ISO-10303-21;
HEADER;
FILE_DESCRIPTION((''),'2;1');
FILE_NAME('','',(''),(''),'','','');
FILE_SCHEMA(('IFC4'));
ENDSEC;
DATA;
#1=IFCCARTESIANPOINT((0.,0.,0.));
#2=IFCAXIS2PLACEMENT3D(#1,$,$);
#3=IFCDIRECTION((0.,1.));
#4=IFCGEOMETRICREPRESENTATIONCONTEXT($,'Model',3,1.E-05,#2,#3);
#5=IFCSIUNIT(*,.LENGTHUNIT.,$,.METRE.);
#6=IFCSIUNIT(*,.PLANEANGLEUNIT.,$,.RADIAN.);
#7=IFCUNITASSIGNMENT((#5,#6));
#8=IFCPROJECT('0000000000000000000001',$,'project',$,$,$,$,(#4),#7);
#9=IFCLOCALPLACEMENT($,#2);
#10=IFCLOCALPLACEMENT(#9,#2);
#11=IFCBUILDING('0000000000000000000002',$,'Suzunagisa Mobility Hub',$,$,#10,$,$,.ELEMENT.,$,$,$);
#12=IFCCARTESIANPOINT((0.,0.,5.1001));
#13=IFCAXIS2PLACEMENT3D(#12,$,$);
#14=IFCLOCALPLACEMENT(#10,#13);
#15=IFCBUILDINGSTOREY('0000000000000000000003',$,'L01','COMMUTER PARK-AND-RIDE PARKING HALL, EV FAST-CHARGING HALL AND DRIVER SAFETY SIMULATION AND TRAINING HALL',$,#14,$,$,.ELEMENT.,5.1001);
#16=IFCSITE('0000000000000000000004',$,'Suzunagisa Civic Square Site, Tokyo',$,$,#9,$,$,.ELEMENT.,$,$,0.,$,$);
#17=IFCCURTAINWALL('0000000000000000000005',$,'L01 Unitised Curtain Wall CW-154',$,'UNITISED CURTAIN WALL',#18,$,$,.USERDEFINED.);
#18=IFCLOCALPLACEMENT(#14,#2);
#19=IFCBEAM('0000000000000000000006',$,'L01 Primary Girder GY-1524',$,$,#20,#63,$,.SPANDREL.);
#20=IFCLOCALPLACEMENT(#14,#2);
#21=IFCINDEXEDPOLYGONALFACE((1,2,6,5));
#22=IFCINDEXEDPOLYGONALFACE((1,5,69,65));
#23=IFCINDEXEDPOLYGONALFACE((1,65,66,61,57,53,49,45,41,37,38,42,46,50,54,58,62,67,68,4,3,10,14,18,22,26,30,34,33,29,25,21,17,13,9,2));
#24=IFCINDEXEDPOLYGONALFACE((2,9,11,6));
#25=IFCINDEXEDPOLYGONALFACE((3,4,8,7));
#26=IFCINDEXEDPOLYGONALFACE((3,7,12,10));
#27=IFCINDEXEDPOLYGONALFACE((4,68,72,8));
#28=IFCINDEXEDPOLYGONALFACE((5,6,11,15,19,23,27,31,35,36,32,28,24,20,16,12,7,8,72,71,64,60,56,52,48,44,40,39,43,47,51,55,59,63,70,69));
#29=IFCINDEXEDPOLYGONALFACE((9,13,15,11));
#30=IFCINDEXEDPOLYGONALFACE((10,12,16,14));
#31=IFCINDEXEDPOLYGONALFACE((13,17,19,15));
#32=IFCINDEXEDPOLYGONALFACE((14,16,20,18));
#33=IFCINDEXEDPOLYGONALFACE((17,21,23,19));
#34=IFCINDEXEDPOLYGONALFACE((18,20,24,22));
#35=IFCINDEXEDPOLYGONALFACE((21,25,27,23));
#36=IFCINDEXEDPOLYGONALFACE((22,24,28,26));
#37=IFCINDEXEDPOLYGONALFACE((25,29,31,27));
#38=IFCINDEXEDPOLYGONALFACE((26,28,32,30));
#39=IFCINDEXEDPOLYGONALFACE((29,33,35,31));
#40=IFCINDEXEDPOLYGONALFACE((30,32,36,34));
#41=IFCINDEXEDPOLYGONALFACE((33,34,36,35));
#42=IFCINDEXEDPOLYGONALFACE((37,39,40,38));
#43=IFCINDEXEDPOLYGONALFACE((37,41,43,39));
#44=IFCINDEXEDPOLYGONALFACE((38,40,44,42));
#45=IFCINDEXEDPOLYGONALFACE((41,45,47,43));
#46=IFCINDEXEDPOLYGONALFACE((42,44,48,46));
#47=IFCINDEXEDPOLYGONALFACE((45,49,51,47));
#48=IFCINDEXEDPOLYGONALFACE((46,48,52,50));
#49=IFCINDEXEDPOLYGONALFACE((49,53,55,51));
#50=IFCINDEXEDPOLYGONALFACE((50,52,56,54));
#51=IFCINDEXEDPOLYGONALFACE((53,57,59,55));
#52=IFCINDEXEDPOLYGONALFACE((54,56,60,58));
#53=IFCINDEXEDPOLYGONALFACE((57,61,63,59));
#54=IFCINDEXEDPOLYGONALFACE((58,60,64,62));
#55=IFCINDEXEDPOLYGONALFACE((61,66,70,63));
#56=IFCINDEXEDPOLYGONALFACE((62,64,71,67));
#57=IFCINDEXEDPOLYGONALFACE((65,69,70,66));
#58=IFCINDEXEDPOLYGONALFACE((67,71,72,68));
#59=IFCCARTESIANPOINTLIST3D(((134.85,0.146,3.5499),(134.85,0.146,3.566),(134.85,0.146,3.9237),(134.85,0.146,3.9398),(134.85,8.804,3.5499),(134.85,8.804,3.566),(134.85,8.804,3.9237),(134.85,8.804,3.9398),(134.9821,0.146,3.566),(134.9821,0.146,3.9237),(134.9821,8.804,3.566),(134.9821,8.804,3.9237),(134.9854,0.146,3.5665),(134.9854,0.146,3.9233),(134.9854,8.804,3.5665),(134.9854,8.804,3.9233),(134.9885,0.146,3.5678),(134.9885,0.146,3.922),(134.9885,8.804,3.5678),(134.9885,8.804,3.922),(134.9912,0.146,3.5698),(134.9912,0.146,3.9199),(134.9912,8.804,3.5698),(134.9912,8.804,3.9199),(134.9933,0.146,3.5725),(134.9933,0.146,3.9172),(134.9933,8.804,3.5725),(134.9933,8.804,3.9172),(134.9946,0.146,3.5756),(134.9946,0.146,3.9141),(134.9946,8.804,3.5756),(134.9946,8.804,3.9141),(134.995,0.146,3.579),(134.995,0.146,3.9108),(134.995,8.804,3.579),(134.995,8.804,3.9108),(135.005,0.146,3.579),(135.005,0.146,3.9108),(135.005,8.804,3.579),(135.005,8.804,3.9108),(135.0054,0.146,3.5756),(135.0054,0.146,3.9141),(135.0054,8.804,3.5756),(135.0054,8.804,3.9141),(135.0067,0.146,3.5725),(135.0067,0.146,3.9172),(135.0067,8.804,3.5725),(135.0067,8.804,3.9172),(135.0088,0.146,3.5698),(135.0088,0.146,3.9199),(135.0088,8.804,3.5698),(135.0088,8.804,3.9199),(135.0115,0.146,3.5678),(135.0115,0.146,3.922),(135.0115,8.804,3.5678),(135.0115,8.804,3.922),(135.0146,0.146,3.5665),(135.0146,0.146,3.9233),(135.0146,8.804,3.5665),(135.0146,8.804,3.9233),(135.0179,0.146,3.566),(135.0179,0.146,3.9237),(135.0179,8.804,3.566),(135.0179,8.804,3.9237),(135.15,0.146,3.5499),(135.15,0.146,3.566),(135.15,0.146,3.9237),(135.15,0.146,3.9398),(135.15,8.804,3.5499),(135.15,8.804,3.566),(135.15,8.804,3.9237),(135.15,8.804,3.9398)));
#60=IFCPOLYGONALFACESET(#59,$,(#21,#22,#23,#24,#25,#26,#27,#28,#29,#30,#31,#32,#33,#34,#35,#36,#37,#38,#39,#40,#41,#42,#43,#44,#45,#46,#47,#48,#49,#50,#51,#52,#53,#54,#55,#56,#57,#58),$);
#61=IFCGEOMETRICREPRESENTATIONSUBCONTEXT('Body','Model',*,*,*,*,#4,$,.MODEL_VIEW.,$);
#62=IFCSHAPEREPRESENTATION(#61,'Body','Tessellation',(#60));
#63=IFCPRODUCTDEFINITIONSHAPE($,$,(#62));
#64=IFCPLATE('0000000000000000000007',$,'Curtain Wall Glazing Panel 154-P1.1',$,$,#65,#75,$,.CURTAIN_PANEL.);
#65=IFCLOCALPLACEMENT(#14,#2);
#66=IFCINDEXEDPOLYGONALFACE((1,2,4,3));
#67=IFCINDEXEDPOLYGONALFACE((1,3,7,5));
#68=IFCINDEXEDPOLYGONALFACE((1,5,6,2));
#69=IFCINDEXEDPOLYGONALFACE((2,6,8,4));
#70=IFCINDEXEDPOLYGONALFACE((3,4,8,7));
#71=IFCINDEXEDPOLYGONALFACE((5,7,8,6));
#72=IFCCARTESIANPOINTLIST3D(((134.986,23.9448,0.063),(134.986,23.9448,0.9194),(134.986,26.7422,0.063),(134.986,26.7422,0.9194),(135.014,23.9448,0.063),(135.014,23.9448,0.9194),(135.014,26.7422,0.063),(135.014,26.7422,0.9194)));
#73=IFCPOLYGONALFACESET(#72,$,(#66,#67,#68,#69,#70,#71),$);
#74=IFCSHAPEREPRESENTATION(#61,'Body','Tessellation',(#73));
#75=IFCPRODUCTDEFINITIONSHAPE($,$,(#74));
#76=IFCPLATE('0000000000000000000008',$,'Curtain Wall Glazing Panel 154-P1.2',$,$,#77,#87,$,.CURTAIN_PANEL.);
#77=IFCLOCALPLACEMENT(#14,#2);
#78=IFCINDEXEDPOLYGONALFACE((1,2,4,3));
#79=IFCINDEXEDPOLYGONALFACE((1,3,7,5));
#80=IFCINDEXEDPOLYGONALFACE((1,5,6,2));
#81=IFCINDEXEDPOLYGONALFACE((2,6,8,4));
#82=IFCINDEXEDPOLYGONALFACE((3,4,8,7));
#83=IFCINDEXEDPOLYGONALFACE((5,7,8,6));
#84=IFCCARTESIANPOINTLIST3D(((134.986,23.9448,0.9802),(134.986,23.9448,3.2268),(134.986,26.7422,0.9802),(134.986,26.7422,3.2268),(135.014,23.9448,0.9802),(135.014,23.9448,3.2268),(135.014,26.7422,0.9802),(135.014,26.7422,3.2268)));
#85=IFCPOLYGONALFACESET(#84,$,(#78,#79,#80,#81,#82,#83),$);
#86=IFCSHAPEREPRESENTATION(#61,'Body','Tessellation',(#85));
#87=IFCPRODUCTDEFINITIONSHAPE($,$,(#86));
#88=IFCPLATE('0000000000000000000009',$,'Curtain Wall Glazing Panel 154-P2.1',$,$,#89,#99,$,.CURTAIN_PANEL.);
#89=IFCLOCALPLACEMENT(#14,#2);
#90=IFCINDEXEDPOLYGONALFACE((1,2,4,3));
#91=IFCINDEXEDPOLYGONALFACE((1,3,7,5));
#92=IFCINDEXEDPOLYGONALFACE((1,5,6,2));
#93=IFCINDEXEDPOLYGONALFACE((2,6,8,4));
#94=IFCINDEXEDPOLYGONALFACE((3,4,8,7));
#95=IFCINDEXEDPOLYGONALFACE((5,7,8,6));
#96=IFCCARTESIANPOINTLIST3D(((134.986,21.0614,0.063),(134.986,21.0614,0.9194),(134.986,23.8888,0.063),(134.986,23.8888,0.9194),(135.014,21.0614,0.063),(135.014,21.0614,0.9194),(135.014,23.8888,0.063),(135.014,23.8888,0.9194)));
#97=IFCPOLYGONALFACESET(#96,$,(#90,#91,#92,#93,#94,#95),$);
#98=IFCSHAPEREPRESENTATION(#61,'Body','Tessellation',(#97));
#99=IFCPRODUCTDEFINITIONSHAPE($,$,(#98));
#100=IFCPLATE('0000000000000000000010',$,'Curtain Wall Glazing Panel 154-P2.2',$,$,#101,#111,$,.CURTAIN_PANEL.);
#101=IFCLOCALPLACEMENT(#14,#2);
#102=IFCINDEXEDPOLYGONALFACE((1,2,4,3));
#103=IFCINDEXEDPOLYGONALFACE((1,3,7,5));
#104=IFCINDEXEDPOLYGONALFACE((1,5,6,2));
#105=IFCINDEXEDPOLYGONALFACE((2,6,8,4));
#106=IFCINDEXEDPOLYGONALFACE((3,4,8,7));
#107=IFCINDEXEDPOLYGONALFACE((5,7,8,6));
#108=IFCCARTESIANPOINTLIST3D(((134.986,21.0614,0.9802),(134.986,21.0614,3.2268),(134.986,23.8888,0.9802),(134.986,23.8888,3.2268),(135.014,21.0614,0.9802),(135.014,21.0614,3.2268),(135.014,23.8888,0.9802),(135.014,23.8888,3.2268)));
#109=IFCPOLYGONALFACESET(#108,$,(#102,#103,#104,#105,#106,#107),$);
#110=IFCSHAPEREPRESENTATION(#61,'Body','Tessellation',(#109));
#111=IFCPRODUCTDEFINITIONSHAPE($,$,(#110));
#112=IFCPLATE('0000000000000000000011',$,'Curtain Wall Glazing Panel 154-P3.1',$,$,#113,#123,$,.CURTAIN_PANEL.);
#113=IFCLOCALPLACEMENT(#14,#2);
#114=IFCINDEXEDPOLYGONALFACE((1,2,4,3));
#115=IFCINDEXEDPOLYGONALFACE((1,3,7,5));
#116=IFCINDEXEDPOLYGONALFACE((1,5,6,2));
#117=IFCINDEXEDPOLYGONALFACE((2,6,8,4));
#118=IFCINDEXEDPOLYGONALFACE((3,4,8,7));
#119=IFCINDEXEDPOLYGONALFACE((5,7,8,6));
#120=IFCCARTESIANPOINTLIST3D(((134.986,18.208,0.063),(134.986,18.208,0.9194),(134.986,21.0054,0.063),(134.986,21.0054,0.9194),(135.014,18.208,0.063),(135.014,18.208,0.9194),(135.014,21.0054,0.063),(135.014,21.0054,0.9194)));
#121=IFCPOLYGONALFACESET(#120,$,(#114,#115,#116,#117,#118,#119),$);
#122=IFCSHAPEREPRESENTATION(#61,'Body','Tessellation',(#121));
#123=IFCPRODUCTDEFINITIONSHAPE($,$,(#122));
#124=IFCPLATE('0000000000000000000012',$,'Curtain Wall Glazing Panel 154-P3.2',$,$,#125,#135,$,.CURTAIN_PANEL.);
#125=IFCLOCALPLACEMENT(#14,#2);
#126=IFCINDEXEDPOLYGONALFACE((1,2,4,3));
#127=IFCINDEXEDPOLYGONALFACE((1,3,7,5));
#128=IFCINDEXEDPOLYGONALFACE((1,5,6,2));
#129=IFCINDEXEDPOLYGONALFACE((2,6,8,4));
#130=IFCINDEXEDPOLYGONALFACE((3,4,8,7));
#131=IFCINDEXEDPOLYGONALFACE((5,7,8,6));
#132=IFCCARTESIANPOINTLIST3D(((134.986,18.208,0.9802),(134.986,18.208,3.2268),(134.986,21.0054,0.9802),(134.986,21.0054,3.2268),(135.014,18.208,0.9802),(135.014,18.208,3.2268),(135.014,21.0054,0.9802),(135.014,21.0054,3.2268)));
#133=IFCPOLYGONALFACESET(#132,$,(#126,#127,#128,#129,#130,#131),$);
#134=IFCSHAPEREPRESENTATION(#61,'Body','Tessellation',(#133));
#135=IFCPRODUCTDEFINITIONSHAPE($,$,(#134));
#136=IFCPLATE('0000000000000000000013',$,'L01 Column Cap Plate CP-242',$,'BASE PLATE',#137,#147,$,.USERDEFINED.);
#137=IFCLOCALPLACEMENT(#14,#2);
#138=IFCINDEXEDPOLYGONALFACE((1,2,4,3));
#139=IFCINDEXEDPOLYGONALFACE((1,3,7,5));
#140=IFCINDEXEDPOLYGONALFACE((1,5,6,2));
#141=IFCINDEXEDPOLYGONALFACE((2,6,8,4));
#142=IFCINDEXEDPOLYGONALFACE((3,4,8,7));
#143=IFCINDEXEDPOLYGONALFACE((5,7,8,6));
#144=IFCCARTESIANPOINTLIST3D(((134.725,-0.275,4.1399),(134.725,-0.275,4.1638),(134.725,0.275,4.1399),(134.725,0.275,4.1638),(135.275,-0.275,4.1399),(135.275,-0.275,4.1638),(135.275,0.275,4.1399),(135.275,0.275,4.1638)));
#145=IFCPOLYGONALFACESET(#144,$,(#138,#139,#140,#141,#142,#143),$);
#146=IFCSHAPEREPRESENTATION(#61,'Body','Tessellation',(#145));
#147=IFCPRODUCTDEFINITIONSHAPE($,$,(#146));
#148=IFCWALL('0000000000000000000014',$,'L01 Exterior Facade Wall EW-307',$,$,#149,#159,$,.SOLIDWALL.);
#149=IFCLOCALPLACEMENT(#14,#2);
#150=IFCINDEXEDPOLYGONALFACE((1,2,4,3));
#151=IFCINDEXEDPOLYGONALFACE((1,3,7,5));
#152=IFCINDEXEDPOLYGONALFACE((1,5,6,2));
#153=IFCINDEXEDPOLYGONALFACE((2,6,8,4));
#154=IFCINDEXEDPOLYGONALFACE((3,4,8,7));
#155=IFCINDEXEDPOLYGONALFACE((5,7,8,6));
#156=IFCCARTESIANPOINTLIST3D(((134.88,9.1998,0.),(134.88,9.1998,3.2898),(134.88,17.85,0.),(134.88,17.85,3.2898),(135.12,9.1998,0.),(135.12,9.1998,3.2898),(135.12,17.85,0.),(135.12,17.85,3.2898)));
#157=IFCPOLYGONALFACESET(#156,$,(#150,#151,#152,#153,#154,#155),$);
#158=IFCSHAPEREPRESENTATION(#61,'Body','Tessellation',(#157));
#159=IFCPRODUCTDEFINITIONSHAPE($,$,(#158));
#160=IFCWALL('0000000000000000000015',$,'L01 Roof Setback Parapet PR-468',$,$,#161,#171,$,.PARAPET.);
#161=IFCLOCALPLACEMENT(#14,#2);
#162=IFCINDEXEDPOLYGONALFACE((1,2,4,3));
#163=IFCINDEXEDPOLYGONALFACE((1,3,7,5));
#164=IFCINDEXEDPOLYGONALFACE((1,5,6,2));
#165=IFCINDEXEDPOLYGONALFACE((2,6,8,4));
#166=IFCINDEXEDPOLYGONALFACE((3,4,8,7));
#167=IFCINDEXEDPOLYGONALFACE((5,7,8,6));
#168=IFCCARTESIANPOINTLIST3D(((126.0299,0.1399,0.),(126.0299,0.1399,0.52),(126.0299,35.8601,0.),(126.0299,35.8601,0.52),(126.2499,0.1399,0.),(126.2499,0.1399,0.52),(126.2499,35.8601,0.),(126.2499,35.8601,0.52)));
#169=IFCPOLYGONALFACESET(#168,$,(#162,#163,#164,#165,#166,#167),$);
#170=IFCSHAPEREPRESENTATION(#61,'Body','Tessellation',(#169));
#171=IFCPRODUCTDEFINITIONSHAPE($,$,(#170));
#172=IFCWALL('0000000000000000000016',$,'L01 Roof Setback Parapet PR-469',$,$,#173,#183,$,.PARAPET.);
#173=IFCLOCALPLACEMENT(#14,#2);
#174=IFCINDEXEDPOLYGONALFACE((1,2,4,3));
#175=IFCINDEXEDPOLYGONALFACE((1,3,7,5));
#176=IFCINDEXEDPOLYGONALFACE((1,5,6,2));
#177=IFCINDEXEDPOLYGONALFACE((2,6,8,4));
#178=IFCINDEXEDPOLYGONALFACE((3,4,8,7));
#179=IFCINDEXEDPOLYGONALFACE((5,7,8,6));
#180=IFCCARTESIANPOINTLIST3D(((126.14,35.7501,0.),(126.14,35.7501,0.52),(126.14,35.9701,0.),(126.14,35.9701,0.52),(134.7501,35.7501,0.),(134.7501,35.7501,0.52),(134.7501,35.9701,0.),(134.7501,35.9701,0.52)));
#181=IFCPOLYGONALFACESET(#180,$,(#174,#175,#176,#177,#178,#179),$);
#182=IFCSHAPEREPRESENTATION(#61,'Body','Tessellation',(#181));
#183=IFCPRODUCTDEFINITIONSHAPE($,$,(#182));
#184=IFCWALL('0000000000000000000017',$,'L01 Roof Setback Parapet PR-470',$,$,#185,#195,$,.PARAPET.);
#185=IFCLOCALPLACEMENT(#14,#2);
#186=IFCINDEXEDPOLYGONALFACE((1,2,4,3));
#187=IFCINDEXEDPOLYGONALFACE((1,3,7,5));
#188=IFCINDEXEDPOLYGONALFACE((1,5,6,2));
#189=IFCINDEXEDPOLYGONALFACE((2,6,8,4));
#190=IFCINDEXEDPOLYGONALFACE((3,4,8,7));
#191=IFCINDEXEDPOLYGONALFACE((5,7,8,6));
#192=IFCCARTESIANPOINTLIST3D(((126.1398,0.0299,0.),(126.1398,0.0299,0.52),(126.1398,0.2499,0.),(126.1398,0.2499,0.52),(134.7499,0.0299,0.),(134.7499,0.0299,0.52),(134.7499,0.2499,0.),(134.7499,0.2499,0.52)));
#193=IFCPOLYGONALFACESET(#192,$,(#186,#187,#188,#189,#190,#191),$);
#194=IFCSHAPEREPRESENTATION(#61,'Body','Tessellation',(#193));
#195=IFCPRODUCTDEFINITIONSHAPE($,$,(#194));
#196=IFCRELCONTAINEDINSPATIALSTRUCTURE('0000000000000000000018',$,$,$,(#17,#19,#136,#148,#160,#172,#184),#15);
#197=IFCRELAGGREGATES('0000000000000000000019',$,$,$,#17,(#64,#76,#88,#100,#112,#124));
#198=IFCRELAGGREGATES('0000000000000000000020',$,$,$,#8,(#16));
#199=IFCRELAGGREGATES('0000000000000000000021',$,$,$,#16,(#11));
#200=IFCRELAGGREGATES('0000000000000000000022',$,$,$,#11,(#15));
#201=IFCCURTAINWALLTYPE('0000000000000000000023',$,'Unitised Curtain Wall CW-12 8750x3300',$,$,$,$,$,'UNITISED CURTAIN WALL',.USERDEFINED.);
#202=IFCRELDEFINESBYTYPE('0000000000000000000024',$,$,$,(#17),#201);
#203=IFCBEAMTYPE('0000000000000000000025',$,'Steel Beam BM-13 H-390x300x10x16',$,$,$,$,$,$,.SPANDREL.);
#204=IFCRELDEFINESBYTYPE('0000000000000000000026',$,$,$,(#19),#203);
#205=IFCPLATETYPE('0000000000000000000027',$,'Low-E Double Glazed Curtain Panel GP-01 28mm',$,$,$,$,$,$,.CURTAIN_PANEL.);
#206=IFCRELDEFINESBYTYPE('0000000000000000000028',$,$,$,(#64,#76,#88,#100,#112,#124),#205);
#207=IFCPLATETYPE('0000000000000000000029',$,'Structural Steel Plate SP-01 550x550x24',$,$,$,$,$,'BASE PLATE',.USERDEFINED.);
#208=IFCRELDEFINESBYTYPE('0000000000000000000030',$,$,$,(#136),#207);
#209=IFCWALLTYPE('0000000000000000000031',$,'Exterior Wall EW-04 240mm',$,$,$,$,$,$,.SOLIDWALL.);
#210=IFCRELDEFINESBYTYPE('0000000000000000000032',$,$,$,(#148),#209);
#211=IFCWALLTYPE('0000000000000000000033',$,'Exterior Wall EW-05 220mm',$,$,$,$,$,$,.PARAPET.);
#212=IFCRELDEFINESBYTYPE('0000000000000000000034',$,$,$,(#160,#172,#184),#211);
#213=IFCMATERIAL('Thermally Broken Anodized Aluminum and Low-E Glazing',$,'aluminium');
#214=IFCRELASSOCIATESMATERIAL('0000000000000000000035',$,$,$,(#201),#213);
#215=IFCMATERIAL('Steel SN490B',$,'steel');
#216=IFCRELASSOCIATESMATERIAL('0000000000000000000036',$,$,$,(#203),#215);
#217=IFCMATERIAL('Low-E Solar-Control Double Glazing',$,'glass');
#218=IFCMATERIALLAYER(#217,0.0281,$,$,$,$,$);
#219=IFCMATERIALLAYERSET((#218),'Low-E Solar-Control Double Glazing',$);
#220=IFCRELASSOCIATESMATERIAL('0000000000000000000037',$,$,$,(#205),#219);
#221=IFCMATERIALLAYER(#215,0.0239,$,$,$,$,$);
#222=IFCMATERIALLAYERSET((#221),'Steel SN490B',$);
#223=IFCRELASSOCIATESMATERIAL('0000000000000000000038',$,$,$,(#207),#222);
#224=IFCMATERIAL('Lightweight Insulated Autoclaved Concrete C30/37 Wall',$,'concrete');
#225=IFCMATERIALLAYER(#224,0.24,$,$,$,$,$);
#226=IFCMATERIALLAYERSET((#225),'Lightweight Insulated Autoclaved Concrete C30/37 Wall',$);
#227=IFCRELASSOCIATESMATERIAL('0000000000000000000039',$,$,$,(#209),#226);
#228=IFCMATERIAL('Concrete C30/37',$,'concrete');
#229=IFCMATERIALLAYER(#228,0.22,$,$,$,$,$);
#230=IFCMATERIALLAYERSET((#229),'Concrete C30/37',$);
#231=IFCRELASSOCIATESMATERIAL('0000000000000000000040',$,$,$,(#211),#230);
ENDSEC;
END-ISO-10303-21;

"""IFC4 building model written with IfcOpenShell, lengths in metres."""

from ifc_helpers import new_model, si_unit, direction, frame, frame_2d, origin, origin_2d, place, context, subcontext, project, spatial, rectangle, i_section, extrude, material, layer, layer_set, material_profile, profile_set, type_object, element, aggregate, save


model = new_model("IFC4")

# Units and contexts
model_context = context("Model", 3, precision=1e-05, world=origin(), true_north=direction((0.0, 1.0)))
body_context = subcontext(model_context, "Body", "Model", "MODEL_VIEW")
ifc_project = project(units=[si_unit("LENGTHUNIT", "METRE"), si_unit("PLANEANGLEUNIT", "RADIAN")], contexts=[model_context])

# Site, building, storey
site_placement = place(None, origin())
site = spatial("IfcSite", under=ifc_project, at=site_placement, Name="Suzunagisa Civic Square Site, Tokyo", CompositionType="ELEMENT", RefElevation=0.0)
building_placement = place(site_placement, origin())
building = spatial("IfcBuilding", under=site, at=building_placement, Name="Suzunagisa Mobility Hub", CompositionType="ELEMENT")
storey_placement = place(building_placement, frame((0.0, 0.0, 5.1001)))
storey = spatial("IfcBuildingStorey", under=building, at=storey_placement, Name="L01", Description="COMMUTER PARK-AND-RIDE PARKING HALL, EV FAST-CHARGING HALL AND DRIVER SAFETY SIMULATION AND TRAINING HALL", CompositionType="ELEMENT", Elevation=5.1001)

# Shared definitions
ifc_material_1 = material(Name="Steel SN490B", Category="steel")

# Curtain wall
ifc_material_2 = material(Name="Thermally Broken Anodized Aluminum and Low-E Glazing", Category="aluminium")
curtain_wall_type = type_object("IfcCurtainWallType", Name="Unitised Curtain Wall CW-12 8750x3300", ElementType="UNITISED CURTAIN WALL", PredefinedType="USERDEFINED", material=ifc_material_2)
curtain_wall_placement = place(storey_placement, origin())
curtain_wall = element("IfcCurtainWall", 1, at=curtain_wall_placement, inside=storey, type_object=curtain_wall_type, Name="L01 Unitised Curtain Wall CW-154", ObjectType="UNITISED CURTAIN WALL", PredefinedType="USERDEFINED")

# Beam
ifc_material_profile_1 = material_profile(ifc_material_1, i_section(OverallWidth=0.3, OverallDepth=0.3899, WebThickness=0.01, FlangeThickness=0.0161, FilletRadius=0.0129, at=origin_2d()), Name="H-390x300x10x16")
ifc_profile_set_1 = profile_set([ifc_material_profile_1], Name="Steel SN490B")
beam_type_1 = type_object("IfcBeamType", Name="Steel Beam BM-13 H-390x300x10x16", PredefinedType="SPANDREL", material=ifc_profile_set_1)
beam_placement = place(storey_placement, frame((135.0, 0.146, 3.7449), z_axis=(0.0, 1.0, 0.0), x_axis=(-1.0, 0.0, 0.0)))
element("IfcBeam", 2, at=beam_placement, inside=storey, type_object=beam_type_1, Name="L01 Primary Girder GY-1524", PredefinedType="SPANDREL", context=body_context, shape_type="SweptSolid", body=[
    extrude(i_section(OverallWidth=0.3, OverallDepth=0.3899, WebThickness=0.01, FlangeThickness=0.0161, FilletRadius=0.0129, at=origin_2d()), origin(), (0.0, 0.0, 1.0), 8.658),
])

# Plates
ifc_material_3 = material(Name="Low-E Solar-Control Double Glazing", Category="glass")
ifc_layer_1 = layer(ifc_material_3, 0.0281)
ifc_layer_set_1 = layer_set([ifc_layer_1], Name="Low-E Solar-Control Double Glazing")
plate_type_1 = type_object("IfcPlateType", Name="Low-E Double Glazed Curtain Panel GP-01 28mm", PredefinedType="CURTAIN_PANEL", material=ifc_layer_set_1)
plate_1_placement = place(storey_placement, frame((135.0, 25.3435, 0.063), z_axis=(0.0, 0.0, 1.0), x_axis=(0.0, -1.0, 0.0)))
plate_1 = element("IfcPlate", 3, at=plate_1_placement, type_object=plate_type_1, Name="Curtain Wall Glazing Panel 154-P1.1", PredefinedType="CURTAIN_PANEL", context=body_context, shape_type="SweptSolid", body=[
    extrude(rectangle(XDim=2.7974, YDim=0.0281, at=origin_2d()), origin(), (0.0, 0.0, 1.0), 0.8564),
])
plate_2_placement = place(storey_placement, frame((135.0, 25.3435, 0.9802), z_axis=(0.0, 0.0, 1.0), x_axis=(0.0, -1.0, 0.0)))
plate_2 = element("IfcPlate", 4, at=plate_2_placement, type_object=plate_type_1, Name="Curtain Wall Glazing Panel 154-P1.2", PredefinedType="CURTAIN_PANEL", context=body_context, shape_type="SweptSolid", body=[
    extrude(rectangle(XDim=2.7974, YDim=0.0281, at=origin_2d()), origin(), (0.0, 0.0, 1.0), 2.2466),
])
plate_3_placement = place(storey_placement, frame((135.0, 22.4751, 0.063), z_axis=(0.0, 0.0, 1.0), x_axis=(0.0, -1.0, 0.0)))
plate_3 = element("IfcPlate", 5, at=plate_3_placement, type_object=plate_type_1, Name="Curtain Wall Glazing Panel 154-P2.1", PredefinedType="CURTAIN_PANEL", context=body_context, shape_type="SweptSolid", body=[
    extrude(rectangle(XDim=2.8274, YDim=0.0281, at=origin_2d()), origin(), (0.0, 0.0, 1.0), 0.8564),
])
plate_4_placement = place(storey_placement, frame((135.0, 22.4751, 0.9802), z_axis=(0.0, 0.0, 1.0), x_axis=(0.0, -1.0, 0.0)))
plate_4 = element("IfcPlate", 6, at=plate_4_placement, type_object=plate_type_1, Name="Curtain Wall Glazing Panel 154-P2.2", PredefinedType="CURTAIN_PANEL", context=body_context, shape_type="SweptSolid", body=[
    extrude(rectangle(XDim=2.8274, YDim=0.0281, at=origin_2d()), origin(), (0.0, 0.0, 1.0), 2.2466),
])
plate_5_placement = place(storey_placement, frame((135.0, 19.6067, 0.063), z_axis=(0.0, 0.0, 1.0), x_axis=(0.0, -1.0, 0.0)))
plate_5 = element("IfcPlate", 7, at=plate_5_placement, type_object=plate_type_1, Name="Curtain Wall Glazing Panel 154-P3.1", PredefinedType="CURTAIN_PANEL", context=body_context, shape_type="SweptSolid", body=[
    extrude(rectangle(XDim=2.7974, YDim=0.0281, at=origin_2d()), origin(), (0.0, 0.0, 1.0), 0.8564),
])
plate_6_placement = place(storey_placement, frame((135.0, 19.6067, 0.9802), z_axis=(0.0, 0.0, 1.0), x_axis=(0.0, -1.0, 0.0)))
plate_6 = element("IfcPlate", 8, at=plate_6_placement, type_object=plate_type_1, Name="Curtain Wall Glazing Panel 154-P3.2", PredefinedType="CURTAIN_PANEL", context=body_context, shape_type="SweptSolid", body=[
    extrude(rectangle(XDim=2.7974, YDim=0.0281, at=origin_2d()), origin(), (0.0, 0.0, 1.0), 2.2466),
])
aggregate(curtain_wall, [plate_1, plate_2, plate_3, plate_4, plate_5, plate_6])
ifc_layer_2 = layer(ifc_material_1, 0.0239)
ifc_layer_set_2 = layer_set([ifc_layer_2], Name="Steel SN490B")
plate_type_2 = type_object("IfcPlateType", Name="Structural Steel Plate SP-01 550x550x24", ElementType="BASE PLATE", PredefinedType="USERDEFINED", material=ifc_layer_set_2)
plate_7_placement = place(storey_placement, frame((135.0, 0.0, 4.1399), z_axis=(0.0, 0.0, 1.0), x_axis=(1.0, 0.0, 0.0)))
element("IfcPlate", 9, at=plate_7_placement, inside=storey, type_object=plate_type_2, Name="L01 Column Cap Plate CP-242", ObjectType="BASE PLATE", PredefinedType="USERDEFINED", context=body_context, shape_type="SweptSolid", body=[
    extrude(rectangle(XDim=0.55, YDim=0.55, at=origin_2d()), origin(), (0.0, 0.0, 1.0), 0.0239),
])

# Walls
ifc_material_4 = material(Name="Lightweight Insulated Autoclaved Concrete C30/37 Wall", Category="concrete")
ifc_layer_3 = layer(ifc_material_4, 0.24)
ifc_layer_set_3 = layer_set([ifc_layer_3], Name="Lightweight Insulated Autoclaved Concrete C30/37 Wall")
wall_type_1 = type_object("IfcWallType", Name="Exterior Wall EW-04 240mm", PredefinedType="SOLIDWALL", material=ifc_layer_set_3)
wall_1_placement = place(storey_placement, frame((135.0, 17.8501, 0.0), z_axis=(0.0, 0.0, 1.0), x_axis=(0.0, -1.0, 0.0)))
element("IfcWall", 10, at=wall_1_placement, inside=storey, type_object=wall_type_1, Name="L01 Exterior Facade Wall EW-307", PredefinedType="SOLIDWALL", context=body_context, shape_type="SweptSolid", body=[
    extrude(rectangle(XDim=8.6501, YDim=0.24, at=frame_2d((4.3252, 0.0))), origin(), (0.0, 0.0, 1.0), 3.2898),
])
ifc_material_5 = material(Name="Concrete C30/37", Category="concrete")
ifc_layer_4 = layer(ifc_material_5, 0.22)
ifc_layer_set_4 = layer_set([ifc_layer_4], Name="Concrete C30/37")
wall_type_2 = type_object("IfcWallType", Name="Exterior Wall EW-05 220mm", PredefinedType="PARAPET", material=ifc_layer_set_4)
wall_2_placement = place(storey_placement, frame((126.1399, 0.1399, 0.0), z_axis=(0.0, 0.0, 1.0), x_axis=(0.0, 1.0, 0.0)))
element("IfcWall", 11, at=wall_2_placement, inside=storey, type_object=wall_type_2, Name="L01 Roof Setback Parapet PR-468", PredefinedType="PARAPET", context=body_context, shape_type="SweptSolid", body=[
    extrude(rectangle(XDim=35.7202, YDim=0.22, at=frame_2d((17.8601, 0.0))), origin(), (0.0, 0.0, 1.0), 0.52),
])
for number, where, z_axis, x_axis, name in (
    (12, (126.1399, 35.8601, 0.0), (0.0, 0.0, 1.0), (1.0, 0.0, 0.0), "L01 Roof Setback Parapet PR-469"),
    (13, (134.75, 0.1399, 0.0), (0.0, 0.0, 1.0), (-1.0, 0.0, 0.0), "L01 Roof Setback Parapet PR-470"),
):
    element("IfcWall", number, at=place(storey_placement, frame(where, z_axis=z_axis, x_axis=x_axis)), inside=storey, type_object=wall_type_2, Name=name, PredefinedType="PARAPET", context=body_context, shape_type="SweptSolid", body=[
        extrude(rectangle(XDim=8.6101, YDim=0.22, at=frame_2d((4.3052, 0.0))), origin(), (0.0, 0.0, 1.0), 0.52),
    ])

save(model, "model.ifc")
